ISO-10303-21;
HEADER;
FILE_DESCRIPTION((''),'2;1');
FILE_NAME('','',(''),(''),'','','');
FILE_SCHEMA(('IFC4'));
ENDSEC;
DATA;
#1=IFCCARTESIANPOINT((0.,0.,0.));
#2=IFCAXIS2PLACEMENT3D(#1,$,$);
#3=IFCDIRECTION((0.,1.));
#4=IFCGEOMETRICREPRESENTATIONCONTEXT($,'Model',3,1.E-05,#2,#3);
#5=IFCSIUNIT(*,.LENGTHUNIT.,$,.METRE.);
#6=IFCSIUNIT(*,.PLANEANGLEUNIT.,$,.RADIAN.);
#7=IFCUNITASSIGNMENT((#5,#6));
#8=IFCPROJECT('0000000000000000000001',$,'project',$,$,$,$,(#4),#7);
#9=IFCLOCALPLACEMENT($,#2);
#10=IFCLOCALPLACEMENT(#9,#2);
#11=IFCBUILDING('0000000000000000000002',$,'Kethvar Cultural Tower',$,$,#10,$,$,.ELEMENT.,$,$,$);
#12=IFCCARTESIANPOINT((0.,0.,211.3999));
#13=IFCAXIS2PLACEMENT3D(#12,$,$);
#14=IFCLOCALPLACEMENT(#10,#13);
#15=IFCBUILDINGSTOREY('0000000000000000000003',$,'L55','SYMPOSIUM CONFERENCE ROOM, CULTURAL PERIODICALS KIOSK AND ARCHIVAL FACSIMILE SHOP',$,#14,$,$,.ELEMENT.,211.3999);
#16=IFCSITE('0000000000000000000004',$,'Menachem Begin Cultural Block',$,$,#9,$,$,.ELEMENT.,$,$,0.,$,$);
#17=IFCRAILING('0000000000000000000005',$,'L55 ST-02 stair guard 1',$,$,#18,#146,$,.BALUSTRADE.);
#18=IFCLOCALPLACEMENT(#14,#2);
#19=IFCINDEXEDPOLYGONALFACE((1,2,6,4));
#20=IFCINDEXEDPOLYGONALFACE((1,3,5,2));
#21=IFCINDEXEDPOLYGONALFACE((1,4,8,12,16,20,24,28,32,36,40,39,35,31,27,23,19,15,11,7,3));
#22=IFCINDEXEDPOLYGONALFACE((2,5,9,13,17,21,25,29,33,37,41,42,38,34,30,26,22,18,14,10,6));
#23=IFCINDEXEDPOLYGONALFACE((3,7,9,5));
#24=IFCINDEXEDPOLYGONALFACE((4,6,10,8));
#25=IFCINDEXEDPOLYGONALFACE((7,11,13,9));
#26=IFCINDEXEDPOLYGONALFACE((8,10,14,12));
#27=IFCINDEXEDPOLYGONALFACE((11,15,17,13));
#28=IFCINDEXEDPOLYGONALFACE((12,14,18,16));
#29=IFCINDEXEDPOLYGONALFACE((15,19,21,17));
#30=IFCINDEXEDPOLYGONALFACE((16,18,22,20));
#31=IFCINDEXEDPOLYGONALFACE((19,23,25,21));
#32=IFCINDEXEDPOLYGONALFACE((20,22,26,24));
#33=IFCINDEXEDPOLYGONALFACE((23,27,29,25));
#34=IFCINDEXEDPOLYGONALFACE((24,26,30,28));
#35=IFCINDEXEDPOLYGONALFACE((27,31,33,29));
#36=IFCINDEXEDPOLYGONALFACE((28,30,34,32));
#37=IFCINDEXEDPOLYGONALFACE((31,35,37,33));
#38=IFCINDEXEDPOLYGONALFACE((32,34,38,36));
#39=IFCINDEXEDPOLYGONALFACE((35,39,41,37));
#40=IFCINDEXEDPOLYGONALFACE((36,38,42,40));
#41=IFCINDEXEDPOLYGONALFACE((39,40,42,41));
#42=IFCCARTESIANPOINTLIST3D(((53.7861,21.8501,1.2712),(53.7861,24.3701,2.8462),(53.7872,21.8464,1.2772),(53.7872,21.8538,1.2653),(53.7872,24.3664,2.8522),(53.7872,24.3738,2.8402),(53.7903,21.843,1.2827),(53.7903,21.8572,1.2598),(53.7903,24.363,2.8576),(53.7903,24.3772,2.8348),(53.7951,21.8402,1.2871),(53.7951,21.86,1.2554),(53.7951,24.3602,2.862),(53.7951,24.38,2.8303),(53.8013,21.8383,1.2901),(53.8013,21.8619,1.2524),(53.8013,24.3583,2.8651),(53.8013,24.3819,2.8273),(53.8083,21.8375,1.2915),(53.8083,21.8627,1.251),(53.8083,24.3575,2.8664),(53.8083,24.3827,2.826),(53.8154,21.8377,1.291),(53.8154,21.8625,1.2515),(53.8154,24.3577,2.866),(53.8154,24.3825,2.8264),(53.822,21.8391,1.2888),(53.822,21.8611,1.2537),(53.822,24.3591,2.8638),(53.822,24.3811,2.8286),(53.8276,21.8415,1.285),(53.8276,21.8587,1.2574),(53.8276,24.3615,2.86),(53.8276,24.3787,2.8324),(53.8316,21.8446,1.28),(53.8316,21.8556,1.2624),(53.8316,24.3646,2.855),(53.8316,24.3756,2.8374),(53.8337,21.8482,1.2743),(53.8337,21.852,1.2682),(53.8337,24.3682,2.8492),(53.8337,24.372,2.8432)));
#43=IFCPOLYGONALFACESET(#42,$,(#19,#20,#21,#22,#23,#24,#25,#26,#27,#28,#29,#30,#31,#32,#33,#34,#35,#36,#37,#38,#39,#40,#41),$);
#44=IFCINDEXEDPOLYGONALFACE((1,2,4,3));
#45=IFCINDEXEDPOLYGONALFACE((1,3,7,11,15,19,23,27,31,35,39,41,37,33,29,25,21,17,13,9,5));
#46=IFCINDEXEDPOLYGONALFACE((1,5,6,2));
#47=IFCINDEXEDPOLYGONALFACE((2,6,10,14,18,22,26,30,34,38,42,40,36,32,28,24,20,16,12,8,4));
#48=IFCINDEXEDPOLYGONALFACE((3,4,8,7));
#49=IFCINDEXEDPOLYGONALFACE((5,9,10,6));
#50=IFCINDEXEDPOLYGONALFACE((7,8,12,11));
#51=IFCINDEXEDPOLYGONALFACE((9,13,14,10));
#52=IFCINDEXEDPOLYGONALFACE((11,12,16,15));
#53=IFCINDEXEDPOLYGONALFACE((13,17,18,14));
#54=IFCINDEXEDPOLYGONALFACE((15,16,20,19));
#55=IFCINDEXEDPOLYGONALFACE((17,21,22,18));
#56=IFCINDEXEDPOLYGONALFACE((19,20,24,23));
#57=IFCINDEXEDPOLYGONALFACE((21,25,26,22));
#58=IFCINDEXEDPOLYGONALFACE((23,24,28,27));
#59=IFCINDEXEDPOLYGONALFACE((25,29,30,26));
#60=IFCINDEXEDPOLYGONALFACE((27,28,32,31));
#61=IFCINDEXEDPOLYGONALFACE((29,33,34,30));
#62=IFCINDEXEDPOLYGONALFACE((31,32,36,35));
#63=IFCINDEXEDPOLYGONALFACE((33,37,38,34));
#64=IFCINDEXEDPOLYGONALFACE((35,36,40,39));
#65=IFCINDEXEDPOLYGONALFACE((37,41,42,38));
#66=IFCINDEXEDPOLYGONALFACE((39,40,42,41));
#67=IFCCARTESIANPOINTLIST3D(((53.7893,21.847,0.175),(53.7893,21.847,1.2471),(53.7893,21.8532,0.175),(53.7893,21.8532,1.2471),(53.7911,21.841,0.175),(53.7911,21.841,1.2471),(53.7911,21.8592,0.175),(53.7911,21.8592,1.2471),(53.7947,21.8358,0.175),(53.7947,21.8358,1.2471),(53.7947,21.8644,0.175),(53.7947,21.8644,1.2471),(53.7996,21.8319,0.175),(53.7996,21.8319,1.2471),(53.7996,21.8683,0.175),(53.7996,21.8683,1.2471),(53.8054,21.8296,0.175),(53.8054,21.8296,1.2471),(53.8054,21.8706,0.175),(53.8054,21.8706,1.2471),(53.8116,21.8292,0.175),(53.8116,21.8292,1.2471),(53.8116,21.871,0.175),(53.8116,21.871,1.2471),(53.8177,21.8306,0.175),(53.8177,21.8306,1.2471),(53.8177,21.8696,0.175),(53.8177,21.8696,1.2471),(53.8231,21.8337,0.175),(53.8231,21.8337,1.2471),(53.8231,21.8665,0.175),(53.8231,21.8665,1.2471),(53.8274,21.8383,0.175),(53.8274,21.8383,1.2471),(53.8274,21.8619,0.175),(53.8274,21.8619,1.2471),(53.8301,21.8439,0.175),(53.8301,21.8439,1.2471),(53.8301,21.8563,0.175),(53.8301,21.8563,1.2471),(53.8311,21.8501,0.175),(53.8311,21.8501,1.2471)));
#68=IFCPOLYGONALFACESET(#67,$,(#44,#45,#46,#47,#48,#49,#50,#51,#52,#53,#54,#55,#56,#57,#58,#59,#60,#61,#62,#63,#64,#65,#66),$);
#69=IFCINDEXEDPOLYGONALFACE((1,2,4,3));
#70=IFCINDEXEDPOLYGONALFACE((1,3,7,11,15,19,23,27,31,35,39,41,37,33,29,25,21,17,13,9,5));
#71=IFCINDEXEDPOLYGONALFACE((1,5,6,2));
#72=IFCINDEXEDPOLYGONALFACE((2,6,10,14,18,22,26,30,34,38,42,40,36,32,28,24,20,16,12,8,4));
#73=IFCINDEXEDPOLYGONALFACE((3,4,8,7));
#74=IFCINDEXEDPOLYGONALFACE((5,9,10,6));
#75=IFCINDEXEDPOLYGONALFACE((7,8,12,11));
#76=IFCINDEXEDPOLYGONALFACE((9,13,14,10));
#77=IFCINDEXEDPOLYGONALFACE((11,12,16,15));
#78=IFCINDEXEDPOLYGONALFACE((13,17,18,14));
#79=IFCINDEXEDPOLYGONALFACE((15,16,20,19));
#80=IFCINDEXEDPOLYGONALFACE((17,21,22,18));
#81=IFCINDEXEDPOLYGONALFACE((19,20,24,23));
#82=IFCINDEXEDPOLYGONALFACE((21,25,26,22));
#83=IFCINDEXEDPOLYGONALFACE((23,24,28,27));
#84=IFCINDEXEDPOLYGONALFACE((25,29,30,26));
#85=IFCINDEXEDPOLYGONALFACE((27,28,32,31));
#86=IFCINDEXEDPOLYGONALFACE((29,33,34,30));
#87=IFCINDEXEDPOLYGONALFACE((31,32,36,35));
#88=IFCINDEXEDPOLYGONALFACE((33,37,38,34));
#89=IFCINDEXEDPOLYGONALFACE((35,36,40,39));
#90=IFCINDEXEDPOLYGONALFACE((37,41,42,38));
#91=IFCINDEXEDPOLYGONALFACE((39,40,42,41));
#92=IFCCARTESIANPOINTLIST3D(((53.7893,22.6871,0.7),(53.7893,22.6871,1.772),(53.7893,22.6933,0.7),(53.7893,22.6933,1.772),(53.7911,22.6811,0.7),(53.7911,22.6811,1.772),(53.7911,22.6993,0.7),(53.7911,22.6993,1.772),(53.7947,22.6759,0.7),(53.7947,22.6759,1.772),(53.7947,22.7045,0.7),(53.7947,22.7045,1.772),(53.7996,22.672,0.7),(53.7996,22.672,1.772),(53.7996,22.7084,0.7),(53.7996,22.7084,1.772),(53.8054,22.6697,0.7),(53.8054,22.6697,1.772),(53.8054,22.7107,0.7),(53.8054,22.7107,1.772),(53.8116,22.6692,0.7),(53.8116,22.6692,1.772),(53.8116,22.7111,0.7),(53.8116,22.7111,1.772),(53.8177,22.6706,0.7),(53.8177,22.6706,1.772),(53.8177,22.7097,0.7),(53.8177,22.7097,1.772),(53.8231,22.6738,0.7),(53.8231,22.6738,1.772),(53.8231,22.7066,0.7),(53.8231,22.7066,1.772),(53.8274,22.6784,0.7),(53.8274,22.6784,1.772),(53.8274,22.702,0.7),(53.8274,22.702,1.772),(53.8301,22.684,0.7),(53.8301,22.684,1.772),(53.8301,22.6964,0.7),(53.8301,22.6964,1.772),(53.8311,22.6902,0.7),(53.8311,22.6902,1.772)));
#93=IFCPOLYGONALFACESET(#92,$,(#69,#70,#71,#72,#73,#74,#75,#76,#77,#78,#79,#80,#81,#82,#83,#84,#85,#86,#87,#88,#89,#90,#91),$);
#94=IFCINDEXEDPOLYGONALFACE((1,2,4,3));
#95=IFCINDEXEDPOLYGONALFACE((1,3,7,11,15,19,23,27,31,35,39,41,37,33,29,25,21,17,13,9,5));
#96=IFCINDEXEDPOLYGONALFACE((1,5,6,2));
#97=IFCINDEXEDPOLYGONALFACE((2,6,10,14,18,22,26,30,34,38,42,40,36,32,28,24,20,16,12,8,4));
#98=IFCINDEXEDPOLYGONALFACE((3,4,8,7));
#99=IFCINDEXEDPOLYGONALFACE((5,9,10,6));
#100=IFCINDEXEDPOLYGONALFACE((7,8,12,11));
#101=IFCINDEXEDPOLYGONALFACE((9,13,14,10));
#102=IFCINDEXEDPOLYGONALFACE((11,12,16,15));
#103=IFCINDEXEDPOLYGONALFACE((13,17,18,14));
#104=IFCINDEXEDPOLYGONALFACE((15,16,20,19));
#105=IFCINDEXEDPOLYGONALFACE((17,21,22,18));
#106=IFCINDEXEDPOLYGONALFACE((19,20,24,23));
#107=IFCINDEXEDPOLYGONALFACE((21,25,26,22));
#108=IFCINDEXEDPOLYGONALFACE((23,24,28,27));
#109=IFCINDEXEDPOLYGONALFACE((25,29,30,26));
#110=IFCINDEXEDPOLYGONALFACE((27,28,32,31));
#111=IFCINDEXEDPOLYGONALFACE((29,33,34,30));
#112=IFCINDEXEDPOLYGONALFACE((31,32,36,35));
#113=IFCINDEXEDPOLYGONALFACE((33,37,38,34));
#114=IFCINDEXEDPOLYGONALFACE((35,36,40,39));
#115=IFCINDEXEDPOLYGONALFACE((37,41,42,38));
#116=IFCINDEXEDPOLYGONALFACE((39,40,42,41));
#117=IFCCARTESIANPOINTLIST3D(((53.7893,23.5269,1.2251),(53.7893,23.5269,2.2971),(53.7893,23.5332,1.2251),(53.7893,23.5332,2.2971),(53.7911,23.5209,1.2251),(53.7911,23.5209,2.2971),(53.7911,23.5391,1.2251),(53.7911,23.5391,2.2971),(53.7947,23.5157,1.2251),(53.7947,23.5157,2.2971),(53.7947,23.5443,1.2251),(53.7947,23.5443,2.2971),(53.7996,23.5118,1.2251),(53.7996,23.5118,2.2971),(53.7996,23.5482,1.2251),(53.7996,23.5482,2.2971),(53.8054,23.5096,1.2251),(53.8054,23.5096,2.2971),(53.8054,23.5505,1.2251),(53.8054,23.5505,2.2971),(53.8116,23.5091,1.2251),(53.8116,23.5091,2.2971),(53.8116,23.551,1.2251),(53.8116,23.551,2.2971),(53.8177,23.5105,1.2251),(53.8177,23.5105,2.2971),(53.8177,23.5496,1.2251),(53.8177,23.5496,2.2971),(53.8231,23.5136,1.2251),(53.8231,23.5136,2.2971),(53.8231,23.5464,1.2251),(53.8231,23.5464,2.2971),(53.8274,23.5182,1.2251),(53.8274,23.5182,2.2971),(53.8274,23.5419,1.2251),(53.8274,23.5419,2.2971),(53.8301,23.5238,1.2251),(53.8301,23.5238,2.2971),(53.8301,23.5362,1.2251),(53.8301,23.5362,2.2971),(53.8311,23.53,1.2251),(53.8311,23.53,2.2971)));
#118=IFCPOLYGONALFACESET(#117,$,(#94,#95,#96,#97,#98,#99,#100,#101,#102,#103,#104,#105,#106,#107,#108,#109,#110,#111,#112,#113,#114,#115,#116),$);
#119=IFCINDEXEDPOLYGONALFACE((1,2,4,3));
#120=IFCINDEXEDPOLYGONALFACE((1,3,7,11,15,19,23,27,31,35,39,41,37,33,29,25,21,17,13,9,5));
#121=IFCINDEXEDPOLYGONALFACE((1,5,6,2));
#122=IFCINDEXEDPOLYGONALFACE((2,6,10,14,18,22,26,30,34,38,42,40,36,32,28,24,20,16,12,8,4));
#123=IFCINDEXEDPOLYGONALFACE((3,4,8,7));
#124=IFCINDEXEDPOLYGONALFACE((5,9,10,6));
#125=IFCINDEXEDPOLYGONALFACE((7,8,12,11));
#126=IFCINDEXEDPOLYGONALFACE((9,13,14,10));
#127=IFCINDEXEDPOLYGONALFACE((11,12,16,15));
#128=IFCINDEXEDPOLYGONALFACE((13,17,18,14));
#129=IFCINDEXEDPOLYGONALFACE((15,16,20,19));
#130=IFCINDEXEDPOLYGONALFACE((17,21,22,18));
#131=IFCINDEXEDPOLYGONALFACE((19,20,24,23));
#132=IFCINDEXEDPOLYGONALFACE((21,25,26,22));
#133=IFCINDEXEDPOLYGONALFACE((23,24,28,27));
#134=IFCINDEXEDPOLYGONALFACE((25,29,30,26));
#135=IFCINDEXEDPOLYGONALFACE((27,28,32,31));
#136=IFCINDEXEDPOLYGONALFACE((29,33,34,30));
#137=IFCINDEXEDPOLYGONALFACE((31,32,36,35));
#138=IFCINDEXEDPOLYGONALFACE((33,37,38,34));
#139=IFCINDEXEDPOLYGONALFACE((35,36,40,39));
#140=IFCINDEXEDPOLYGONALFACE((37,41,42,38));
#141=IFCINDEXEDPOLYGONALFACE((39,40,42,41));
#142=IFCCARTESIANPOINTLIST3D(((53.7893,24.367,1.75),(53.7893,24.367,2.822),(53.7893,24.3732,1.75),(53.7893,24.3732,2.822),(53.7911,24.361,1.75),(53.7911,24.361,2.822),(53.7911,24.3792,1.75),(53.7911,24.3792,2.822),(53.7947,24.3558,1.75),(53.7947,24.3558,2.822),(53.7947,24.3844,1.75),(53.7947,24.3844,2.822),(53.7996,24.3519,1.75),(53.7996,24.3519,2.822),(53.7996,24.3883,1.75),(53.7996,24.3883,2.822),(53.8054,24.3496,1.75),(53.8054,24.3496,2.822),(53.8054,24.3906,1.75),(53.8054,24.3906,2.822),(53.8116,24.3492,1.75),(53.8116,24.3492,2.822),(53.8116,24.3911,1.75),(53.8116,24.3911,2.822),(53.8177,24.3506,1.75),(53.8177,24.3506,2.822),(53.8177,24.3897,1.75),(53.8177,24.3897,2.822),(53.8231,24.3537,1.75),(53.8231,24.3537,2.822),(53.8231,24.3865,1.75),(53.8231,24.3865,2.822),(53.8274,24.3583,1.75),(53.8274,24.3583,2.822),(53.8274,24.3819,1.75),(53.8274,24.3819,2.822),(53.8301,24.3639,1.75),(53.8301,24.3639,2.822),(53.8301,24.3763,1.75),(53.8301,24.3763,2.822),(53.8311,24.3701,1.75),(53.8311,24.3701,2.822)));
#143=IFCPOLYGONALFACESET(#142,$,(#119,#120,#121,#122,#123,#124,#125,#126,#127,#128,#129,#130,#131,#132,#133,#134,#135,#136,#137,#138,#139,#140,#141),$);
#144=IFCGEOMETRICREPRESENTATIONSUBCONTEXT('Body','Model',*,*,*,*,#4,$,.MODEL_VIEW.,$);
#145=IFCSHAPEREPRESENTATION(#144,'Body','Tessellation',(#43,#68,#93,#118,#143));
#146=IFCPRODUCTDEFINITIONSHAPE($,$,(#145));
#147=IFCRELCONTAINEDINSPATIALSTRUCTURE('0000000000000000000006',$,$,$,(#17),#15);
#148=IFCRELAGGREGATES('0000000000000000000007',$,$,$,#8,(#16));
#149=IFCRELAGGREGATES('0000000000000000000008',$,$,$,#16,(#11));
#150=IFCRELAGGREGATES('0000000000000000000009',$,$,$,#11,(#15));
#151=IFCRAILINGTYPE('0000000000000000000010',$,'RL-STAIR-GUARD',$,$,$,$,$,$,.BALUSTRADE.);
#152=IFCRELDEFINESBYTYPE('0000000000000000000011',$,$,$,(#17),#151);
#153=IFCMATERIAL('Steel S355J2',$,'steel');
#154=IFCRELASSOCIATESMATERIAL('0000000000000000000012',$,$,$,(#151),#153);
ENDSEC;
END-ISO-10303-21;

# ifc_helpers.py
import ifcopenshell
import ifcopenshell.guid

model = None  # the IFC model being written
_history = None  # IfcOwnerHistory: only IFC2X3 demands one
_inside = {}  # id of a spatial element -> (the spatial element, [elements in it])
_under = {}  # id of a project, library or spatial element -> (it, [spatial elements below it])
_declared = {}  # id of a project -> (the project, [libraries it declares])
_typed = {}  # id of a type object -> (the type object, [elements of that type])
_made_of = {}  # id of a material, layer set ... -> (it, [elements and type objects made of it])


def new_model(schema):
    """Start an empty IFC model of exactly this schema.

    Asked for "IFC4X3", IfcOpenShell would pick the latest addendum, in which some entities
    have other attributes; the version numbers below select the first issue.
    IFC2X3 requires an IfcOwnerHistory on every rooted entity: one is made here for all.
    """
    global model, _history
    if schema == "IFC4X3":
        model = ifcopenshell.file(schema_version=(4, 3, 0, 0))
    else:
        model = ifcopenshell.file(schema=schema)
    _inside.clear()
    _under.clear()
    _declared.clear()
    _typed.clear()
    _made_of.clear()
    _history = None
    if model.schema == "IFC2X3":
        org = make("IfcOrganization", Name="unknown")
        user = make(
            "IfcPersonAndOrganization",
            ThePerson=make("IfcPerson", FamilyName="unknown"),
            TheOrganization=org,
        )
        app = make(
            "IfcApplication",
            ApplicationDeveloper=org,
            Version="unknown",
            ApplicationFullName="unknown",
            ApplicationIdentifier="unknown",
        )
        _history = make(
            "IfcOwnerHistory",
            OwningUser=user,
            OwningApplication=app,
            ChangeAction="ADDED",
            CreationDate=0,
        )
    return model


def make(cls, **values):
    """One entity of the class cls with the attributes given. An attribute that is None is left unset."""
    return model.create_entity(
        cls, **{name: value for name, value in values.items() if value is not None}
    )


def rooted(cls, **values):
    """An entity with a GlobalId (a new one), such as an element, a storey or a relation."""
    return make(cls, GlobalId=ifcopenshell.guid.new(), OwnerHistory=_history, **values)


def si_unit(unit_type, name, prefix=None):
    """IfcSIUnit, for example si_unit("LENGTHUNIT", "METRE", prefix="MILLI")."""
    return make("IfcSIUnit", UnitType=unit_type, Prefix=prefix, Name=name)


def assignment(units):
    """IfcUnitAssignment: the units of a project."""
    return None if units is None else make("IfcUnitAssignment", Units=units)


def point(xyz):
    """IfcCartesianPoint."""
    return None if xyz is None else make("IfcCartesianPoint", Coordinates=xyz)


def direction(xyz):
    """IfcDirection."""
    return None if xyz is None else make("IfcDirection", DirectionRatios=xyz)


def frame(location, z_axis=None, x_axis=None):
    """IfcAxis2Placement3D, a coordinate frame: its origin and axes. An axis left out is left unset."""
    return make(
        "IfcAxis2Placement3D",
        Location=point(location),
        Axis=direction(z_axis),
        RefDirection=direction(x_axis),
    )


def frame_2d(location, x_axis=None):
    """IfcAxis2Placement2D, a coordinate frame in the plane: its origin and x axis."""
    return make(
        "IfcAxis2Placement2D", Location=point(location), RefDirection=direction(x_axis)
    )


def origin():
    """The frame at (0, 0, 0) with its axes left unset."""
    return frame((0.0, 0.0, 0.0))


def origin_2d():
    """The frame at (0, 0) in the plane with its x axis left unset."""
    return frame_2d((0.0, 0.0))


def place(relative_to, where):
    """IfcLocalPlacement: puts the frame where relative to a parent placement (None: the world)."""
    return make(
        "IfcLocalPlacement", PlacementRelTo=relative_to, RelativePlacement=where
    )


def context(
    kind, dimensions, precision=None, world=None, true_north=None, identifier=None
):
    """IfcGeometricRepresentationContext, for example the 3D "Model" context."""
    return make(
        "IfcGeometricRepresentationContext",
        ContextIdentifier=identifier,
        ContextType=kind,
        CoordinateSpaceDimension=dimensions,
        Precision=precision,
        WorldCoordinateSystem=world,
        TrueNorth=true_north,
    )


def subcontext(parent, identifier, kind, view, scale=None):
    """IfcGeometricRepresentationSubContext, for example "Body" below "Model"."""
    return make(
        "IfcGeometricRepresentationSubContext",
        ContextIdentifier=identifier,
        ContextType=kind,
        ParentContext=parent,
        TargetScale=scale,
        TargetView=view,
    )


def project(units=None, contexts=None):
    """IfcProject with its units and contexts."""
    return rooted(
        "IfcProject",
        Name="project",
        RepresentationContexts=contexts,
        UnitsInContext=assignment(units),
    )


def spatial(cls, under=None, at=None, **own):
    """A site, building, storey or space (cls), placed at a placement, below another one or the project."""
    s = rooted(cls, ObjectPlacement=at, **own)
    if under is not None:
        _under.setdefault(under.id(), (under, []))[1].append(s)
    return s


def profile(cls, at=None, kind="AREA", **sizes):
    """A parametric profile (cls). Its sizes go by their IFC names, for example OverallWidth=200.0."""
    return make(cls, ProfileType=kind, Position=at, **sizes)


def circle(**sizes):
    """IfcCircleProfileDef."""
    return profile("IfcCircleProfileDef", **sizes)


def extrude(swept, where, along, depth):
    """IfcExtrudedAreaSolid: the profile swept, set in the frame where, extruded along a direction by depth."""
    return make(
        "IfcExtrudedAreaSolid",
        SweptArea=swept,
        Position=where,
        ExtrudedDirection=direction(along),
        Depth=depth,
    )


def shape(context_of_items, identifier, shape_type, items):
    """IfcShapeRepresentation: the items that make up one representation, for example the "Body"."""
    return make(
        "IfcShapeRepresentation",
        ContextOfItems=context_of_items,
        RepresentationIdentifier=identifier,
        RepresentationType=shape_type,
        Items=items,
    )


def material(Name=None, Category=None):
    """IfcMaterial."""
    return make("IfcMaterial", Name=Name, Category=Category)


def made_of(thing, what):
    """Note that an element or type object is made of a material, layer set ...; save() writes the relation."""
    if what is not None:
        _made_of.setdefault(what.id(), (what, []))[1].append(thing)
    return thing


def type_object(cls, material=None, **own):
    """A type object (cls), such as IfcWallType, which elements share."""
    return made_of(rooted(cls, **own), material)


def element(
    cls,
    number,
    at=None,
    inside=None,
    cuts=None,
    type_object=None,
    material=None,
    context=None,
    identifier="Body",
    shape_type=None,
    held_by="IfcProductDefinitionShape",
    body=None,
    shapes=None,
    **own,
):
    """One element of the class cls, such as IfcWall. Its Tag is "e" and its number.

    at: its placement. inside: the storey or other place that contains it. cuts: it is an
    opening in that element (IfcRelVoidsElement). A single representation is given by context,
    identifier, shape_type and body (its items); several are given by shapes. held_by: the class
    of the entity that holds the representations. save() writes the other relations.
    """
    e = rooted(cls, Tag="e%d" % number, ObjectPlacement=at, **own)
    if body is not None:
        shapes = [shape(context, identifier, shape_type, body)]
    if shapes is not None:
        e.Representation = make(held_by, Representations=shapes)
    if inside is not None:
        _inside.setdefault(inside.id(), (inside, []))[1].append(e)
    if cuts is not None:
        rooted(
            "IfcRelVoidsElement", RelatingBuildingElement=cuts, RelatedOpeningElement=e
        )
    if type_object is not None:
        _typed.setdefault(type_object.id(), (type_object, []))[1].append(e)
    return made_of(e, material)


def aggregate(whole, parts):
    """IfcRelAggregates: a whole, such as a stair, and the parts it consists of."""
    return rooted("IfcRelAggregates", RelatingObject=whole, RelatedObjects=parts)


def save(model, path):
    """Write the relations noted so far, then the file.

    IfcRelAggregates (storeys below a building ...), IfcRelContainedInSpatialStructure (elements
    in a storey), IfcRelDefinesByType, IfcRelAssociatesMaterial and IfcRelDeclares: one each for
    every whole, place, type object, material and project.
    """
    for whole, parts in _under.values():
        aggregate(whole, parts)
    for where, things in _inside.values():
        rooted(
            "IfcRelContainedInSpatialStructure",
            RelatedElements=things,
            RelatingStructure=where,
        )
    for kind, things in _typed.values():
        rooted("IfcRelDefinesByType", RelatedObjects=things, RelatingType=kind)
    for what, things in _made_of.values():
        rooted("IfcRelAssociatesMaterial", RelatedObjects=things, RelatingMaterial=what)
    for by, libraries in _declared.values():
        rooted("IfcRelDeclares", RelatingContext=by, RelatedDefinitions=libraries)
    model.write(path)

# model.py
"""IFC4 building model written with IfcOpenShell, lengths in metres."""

from ifc_helpers import new_model, si_unit, direction, frame, origin, origin_2d, place, context, subcontext, project, spatial, circle, extrude, material, type_object, element, save


model = new_model("IFC4")

# Units and contexts
model_context = context("Model", 3, precision=1e-05, world=origin(), true_north=direction((0.0, 1.0)))
body_context = subcontext(model_context, "Body", "Model", "MODEL_VIEW")
ifc_project = project(units=[si_unit("LENGTHUNIT", "METRE"), si_unit("PLANEANGLEUNIT", "RADIAN")], contexts=[model_context])

# Site, building, storey
site_placement = place(None, origin())
site = spatial("IfcSite", under=ifc_project, at=site_placement, Name="Menachem Begin Cultural Block", CompositionType="ELEMENT", RefElevation=0.0)
building_placement = place(site_placement, origin())
building = spatial("IfcBuilding", under=site, at=building_placement, Name="Kethvar Cultural Tower", CompositionType="ELEMENT")
storey_placement = place(building_placement, frame((0.0, 0.0, 211.3999)))
storey = spatial("IfcBuildingStorey", under=building, at=storey_placement, Name="L55", Description="SYMPOSIUM CONFERENCE ROOM, CULTURAL PERIODICALS KIOSK AND ARCHIVAL FACSIMILE SHOP", CompositionType="ELEMENT", Elevation=211.3999)

# Shared definitions
ifc_material_1 = material(Name="Steel S355J2", Category="steel")

# Railing
railing_type_1 = type_object("IfcRailingType", Name="RL-STAIR-GUARD", PredefinedType="BALUSTRADE", material=ifc_material_1)
railing_1_placement = place(storey_placement, frame((53.8101, 21.8501, 0.175)))
element("IfcRailing", 1, at=railing_1_placement, inside=storey, type_object=railing_type_1, Name="L55 ST-02 stair guard 1", PredefinedType="BALUSTRADE", context=body_context, shape_type="SweptSolid", body=[
    extrude(circle(Radius=0.0239, at=origin_2d()), frame((0.0, 0.0, 1.0962), z_axis=(0.0, 0.848008, 0.529984), x_axis=(-1.0, 0.0, 0.0)), (0.0, 0.0, 1.0), 2.9717),
    extrude(circle(Radius=0.021, at=origin_2d()), origin(), (0.0, 0.0, 1.0), 1.072),
    extrude(circle(Radius=0.021, at=origin_2d()), frame((0.0, 0.8401, 0.5249)), (0.0, 0.0, 1.0), 1.072),
    extrude(circle(Radius=0.021, at=origin_2d()), frame((0.0, 1.6799, 1.05)), (0.0, 0.0, 1.0), 1.072),
    extrude(circle(Radius=0.021, at=origin_2d()), frame((0.0, 2.52, 1.575)), (0.0, 0.0, 1.0), 1.072),
])

save(model, "model.ifc")
